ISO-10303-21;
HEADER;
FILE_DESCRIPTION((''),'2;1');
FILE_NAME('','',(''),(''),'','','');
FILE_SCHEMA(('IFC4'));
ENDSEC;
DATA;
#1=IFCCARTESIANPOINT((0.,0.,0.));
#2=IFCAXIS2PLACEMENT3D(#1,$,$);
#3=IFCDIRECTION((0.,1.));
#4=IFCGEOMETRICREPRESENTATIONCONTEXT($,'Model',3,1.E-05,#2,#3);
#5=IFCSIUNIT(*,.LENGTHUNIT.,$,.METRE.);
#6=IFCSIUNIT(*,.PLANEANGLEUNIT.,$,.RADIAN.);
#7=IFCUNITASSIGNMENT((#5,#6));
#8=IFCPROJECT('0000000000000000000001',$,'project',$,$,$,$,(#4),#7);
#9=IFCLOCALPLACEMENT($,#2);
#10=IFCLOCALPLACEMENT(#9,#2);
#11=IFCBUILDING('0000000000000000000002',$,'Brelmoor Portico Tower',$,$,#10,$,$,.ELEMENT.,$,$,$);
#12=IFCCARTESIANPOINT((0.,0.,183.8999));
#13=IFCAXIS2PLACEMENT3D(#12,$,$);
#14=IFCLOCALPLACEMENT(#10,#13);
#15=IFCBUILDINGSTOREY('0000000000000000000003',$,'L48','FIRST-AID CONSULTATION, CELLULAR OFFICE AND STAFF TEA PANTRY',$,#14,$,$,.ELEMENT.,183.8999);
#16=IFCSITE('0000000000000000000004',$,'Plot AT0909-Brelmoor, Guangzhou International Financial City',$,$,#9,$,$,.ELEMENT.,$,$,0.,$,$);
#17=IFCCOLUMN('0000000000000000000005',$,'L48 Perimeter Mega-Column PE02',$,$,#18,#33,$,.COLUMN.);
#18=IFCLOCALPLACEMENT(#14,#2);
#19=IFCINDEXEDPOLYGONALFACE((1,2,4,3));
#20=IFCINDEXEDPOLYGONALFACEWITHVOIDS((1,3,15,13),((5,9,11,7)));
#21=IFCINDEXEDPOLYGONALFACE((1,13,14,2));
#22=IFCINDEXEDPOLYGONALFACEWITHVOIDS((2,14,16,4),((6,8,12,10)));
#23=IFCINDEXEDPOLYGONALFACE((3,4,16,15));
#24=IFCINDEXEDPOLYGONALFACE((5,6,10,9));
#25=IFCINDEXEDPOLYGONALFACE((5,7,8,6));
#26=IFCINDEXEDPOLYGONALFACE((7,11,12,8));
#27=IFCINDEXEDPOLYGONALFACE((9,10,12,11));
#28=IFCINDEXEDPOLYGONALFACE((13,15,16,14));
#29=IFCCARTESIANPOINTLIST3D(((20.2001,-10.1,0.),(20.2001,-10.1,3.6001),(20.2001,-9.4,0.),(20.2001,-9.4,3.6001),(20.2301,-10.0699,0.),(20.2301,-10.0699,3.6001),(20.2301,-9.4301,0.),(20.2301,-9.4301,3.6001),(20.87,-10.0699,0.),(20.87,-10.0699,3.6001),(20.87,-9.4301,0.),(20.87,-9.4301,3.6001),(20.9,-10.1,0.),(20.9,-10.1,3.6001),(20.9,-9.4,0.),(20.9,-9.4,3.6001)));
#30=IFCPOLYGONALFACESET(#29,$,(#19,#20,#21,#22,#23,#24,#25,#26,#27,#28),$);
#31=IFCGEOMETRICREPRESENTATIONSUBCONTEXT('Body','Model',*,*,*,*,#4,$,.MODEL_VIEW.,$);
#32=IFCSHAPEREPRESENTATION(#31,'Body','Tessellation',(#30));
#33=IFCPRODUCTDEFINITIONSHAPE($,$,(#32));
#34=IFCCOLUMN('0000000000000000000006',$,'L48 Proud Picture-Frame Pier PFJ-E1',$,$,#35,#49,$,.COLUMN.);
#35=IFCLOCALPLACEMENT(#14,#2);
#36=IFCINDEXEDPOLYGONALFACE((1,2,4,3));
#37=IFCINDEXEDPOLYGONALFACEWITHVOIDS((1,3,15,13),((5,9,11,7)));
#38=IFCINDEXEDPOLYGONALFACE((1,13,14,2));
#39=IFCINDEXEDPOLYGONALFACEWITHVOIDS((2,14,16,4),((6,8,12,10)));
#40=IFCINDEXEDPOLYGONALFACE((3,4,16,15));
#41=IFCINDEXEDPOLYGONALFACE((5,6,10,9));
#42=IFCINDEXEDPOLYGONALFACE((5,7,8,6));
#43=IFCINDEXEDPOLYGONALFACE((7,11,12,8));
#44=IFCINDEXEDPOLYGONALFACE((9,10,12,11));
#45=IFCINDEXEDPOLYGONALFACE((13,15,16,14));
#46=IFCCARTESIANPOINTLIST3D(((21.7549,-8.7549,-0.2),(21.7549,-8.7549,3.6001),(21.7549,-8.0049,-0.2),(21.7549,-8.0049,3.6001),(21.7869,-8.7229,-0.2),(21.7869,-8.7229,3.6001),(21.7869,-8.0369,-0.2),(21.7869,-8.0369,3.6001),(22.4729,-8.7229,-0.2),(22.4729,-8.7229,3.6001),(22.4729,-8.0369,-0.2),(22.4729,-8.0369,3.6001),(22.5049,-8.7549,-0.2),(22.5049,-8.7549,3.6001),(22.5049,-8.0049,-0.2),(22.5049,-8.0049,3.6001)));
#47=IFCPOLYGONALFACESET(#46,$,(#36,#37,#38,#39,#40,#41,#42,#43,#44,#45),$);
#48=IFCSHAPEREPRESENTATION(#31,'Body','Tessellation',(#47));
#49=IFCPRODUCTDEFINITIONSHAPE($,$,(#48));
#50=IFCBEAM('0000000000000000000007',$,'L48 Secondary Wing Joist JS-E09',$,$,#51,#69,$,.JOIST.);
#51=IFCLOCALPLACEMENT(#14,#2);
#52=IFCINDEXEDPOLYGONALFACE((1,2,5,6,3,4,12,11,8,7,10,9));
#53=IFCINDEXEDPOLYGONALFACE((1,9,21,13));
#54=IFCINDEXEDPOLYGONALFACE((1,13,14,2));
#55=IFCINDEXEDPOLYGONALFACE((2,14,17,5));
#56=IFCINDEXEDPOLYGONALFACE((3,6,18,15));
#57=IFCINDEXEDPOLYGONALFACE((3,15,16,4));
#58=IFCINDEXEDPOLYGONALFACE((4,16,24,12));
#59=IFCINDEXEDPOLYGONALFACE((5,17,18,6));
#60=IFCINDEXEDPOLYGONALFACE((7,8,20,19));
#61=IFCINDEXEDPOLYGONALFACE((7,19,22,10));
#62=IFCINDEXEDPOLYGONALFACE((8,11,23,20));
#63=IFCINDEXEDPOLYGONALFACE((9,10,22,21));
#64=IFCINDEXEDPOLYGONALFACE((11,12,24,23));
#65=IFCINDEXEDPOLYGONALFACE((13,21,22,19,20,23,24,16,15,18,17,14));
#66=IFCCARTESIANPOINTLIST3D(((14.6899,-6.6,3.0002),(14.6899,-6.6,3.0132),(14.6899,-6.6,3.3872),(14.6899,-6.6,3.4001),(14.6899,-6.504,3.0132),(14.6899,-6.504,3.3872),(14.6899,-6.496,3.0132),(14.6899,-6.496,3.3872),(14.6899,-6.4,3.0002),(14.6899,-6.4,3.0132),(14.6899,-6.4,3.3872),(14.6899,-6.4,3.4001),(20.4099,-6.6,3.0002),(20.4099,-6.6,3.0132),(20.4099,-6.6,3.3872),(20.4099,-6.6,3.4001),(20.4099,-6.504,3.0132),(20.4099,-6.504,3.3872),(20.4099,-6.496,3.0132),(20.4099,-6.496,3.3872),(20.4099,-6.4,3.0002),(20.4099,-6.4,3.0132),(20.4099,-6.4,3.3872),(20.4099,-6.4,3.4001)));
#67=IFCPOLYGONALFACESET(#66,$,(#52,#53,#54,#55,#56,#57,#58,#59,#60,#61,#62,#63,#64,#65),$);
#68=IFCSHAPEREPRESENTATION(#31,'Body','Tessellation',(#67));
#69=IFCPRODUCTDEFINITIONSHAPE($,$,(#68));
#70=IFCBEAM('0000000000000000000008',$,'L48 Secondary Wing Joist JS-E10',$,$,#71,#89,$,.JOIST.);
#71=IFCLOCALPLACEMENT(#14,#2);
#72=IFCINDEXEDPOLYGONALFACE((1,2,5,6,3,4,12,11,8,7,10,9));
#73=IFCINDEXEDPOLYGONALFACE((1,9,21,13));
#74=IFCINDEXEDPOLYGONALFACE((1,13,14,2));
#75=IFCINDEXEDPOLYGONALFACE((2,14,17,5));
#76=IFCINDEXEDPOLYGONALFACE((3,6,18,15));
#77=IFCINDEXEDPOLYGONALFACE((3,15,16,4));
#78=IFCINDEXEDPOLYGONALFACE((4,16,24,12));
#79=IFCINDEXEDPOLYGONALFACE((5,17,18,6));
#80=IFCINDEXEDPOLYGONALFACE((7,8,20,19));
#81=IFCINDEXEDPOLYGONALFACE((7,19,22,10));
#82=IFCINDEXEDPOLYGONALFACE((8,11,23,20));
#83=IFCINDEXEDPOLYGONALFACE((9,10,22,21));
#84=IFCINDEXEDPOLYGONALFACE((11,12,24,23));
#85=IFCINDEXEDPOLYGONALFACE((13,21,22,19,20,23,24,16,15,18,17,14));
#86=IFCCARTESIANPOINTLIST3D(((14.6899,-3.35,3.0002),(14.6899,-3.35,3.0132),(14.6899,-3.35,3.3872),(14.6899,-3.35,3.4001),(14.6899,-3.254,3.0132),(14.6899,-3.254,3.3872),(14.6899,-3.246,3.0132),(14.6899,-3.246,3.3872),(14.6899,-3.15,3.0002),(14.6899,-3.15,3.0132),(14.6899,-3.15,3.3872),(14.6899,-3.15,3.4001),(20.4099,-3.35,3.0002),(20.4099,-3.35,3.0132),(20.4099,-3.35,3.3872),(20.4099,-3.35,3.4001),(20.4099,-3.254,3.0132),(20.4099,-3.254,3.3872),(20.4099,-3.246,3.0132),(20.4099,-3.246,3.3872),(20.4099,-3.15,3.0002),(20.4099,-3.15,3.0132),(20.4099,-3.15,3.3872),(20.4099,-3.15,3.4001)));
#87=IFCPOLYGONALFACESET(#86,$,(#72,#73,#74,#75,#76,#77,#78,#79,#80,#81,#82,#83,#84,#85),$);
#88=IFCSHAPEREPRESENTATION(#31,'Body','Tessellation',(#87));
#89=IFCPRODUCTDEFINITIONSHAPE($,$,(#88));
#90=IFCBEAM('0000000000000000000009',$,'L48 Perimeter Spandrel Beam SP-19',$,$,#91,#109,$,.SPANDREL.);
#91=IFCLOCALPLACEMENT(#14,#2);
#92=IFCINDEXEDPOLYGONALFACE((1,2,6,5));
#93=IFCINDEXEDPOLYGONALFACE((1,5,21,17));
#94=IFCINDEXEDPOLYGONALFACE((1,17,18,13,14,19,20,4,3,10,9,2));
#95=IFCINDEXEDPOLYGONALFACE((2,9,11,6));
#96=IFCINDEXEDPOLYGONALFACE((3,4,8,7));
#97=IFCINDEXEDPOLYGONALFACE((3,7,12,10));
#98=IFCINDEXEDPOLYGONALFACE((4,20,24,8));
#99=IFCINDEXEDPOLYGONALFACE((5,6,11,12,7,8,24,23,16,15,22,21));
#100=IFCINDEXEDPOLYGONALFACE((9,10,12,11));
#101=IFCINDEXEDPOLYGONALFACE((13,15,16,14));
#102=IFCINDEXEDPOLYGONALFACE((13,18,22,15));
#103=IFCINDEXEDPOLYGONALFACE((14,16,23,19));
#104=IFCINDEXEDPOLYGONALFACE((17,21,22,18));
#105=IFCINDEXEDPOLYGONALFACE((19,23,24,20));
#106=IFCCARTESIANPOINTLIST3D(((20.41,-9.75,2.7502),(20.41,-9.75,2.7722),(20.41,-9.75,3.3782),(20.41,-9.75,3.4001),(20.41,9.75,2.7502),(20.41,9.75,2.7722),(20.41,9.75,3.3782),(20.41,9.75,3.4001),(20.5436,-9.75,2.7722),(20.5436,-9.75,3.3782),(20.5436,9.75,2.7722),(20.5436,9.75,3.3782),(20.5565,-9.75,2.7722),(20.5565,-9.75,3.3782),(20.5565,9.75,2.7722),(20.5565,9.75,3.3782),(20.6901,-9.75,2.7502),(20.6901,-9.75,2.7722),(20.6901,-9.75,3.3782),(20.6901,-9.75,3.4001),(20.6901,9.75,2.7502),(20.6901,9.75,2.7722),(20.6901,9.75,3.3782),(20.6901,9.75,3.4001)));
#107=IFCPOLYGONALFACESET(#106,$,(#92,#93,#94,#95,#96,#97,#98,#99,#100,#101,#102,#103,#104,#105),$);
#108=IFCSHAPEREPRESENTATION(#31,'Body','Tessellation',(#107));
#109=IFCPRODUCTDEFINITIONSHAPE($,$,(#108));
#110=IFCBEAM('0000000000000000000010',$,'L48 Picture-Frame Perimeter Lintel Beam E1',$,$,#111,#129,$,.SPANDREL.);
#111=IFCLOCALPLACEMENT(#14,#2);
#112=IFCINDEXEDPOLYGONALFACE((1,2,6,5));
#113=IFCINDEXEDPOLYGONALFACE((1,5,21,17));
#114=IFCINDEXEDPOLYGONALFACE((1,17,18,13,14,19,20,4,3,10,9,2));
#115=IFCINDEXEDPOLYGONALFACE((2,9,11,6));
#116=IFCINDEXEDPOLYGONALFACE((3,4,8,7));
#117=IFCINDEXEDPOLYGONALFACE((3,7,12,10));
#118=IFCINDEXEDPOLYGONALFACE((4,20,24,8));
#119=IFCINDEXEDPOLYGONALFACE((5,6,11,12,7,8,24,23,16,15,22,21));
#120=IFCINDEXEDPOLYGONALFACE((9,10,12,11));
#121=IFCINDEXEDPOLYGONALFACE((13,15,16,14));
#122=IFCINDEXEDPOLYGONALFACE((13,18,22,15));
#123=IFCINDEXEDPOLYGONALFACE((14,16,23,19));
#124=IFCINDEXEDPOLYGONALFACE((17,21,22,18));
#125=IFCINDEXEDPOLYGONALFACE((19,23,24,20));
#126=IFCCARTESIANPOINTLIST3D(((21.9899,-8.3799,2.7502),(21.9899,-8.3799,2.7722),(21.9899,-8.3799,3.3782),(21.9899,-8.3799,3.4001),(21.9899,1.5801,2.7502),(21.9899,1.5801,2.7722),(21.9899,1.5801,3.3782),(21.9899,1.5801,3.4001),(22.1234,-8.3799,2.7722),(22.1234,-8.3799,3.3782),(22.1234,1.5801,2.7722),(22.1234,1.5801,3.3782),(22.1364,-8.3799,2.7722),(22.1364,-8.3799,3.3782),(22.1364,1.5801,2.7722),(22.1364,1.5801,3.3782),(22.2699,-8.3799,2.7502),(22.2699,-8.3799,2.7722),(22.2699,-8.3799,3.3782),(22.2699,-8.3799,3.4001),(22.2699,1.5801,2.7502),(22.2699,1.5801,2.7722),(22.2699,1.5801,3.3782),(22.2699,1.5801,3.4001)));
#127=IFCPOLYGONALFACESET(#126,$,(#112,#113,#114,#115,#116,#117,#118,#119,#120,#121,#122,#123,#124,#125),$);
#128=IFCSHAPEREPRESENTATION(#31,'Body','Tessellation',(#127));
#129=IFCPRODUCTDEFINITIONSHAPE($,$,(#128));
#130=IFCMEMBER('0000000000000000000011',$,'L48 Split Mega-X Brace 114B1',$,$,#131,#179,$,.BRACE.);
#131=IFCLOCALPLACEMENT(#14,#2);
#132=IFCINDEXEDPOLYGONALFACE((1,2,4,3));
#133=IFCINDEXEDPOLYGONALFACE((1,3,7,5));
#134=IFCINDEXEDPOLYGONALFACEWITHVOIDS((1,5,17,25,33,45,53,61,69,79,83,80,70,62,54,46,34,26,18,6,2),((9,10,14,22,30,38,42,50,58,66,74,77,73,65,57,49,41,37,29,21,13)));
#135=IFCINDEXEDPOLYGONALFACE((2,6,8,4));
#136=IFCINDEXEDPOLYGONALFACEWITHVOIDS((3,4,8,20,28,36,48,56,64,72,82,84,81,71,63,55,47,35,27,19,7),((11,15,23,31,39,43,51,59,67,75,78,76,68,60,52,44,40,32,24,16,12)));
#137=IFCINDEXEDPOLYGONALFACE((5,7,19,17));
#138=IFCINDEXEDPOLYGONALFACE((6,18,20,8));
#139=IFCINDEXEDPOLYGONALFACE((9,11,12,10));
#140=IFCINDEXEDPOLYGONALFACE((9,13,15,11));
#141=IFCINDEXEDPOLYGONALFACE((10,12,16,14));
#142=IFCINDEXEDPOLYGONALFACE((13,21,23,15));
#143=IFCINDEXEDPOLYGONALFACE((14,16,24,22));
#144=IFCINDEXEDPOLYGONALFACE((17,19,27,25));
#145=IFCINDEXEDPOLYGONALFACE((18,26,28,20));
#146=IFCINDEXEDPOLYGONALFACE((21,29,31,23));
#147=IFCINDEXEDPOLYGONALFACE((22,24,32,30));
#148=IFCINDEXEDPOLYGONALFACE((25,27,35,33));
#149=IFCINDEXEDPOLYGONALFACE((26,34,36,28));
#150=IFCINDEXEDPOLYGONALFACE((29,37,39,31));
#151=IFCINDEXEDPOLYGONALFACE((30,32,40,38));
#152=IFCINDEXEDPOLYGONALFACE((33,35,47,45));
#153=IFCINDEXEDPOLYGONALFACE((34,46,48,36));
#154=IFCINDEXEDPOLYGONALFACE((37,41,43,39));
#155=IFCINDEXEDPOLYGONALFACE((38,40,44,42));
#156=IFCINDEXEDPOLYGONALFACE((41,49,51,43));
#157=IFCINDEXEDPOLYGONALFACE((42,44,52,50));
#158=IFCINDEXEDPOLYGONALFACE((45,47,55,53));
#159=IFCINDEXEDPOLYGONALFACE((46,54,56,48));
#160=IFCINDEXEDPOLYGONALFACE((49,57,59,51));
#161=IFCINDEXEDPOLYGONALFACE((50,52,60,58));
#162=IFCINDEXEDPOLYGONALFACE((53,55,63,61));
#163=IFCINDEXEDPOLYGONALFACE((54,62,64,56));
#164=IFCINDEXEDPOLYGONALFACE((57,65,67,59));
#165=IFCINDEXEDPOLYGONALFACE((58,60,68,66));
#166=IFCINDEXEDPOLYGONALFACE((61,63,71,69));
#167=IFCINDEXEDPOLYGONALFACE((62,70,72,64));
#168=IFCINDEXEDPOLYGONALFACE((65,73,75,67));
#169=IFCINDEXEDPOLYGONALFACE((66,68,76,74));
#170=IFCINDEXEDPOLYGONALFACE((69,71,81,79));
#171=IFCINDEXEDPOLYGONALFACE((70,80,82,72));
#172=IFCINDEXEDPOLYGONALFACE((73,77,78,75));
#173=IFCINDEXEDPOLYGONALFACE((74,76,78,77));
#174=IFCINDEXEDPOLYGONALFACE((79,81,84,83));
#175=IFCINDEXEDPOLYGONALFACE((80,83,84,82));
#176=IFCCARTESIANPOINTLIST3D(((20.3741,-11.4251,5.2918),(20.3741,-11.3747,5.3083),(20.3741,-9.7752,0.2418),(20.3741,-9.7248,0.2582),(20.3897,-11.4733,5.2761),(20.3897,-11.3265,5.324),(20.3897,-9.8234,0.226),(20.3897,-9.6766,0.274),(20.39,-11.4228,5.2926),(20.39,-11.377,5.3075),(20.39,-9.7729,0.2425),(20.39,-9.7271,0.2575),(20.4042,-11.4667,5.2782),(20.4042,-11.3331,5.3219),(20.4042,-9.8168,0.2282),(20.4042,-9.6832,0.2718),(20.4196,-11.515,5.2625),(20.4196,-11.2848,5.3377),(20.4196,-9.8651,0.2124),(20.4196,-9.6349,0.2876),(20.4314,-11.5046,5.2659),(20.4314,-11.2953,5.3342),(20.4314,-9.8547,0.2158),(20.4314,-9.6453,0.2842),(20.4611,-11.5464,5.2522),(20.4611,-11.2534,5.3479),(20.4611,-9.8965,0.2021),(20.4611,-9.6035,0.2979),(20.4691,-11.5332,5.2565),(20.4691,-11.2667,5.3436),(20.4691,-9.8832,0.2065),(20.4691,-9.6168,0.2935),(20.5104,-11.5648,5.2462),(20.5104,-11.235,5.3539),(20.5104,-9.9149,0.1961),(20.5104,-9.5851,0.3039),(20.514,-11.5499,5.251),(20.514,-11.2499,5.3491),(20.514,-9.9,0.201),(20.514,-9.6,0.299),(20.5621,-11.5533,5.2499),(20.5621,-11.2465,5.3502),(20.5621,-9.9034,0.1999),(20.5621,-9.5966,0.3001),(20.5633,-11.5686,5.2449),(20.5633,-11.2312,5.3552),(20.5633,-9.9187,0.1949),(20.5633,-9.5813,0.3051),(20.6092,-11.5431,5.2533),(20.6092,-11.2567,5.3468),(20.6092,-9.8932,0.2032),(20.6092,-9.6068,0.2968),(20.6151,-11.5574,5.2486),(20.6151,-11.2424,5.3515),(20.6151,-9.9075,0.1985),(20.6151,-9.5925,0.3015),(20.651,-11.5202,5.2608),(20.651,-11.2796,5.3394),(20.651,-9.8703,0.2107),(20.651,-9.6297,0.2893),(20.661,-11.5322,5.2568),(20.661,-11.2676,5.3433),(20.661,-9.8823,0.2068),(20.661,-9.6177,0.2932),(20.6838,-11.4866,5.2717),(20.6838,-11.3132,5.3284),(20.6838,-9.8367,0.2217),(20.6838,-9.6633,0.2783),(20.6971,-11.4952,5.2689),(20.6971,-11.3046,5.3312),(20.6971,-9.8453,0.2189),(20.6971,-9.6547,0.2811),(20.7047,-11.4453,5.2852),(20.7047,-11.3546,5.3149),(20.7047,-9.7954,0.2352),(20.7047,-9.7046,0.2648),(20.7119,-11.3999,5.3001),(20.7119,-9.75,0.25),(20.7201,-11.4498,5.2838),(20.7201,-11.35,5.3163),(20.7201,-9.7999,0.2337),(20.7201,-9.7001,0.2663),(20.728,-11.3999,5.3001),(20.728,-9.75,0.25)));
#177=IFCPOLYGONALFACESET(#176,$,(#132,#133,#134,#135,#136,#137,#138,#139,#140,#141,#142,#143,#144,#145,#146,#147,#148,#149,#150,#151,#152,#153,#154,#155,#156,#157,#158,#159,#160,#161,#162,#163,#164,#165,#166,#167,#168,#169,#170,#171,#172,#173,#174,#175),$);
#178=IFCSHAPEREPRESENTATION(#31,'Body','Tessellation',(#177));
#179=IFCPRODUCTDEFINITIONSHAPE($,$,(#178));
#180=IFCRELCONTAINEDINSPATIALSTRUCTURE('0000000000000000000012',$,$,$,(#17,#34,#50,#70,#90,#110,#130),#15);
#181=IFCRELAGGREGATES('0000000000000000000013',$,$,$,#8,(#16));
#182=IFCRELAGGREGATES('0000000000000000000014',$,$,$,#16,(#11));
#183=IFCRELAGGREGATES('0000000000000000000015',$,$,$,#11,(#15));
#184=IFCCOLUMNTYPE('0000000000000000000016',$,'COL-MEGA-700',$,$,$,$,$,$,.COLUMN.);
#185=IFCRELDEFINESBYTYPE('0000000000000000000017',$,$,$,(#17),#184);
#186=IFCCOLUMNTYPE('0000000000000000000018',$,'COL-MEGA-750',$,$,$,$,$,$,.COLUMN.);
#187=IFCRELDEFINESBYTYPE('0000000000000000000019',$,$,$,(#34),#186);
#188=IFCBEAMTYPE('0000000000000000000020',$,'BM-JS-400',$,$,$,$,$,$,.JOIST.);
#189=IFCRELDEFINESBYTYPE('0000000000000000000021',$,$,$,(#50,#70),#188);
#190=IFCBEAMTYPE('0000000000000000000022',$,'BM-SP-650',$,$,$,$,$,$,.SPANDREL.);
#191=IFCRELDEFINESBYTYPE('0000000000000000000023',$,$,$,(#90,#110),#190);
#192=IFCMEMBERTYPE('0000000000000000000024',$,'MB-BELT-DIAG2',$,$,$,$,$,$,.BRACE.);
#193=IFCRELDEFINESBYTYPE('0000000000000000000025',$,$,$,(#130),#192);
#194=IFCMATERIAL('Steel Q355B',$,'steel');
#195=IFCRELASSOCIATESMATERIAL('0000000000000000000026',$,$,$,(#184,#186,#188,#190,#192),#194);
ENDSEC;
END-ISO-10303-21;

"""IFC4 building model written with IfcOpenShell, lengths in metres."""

from ifc_helpers import new_model, si_unit, direction, frame, origin, origin_2d, place, context, subcontext, project, spatial, hollow_rectangle, hollow_circle, i_section, extrude, material, material_profile, profile_set, type_object, element, save


model = new_model("IFC4")

# Units and contexts
model_context = context("Model", 3, precision=1e-05, world=origin(), true_north=direction((0.0, 1.0)))
body_context = subcontext(model_context, "Body", "Model", "MODEL_VIEW")
ifc_project = project(units=[si_unit("LENGTHUNIT", "METRE"), si_unit("PLANEANGLEUNIT", "RADIAN")], contexts=[model_context])

# Site, building, storey
site_placement = place(None, origin())
site = spatial("IfcSite", under=ifc_project, at=site_placement, Name="Plot AT0909-Brelmoor, Guangzhou International Financial City", CompositionType="ELEMENT", RefElevation=0.0)
building_placement = place(site_placement, origin())
building = spatial("IfcBuilding", under=site, at=building_placement, Name="Brelmoor Portico Tower", CompositionType="ELEMENT")
storey_placement = place(building_placement, frame((0.0, 0.0, 183.8999)))
storey = spatial("IfcBuildingStorey", under=building, at=storey_placement, Name="L48", Description="FIRST-AID CONSULTATION, CELLULAR OFFICE AND STAFF TEA PANTRY", CompositionType="ELEMENT", Elevation=183.8999)

# Columns
ifc_material_1 = material(Name="Steel Q355B", Category="steel")
ifc_material_profile_1 = material_profile(ifc_material_1, hollow_rectangle(XDim=0.7, YDim=0.7, WallThickness=0.03, at=origin_2d()), Name="BOX 700x700x30")
ifc_profile_set_1 = profile_set([ifc_material_profile_1], Name="Steel Q355B")
column_type_1 = type_object("IfcColumnType", Name="COL-MEGA-700", PredefinedType="COLUMN", material=ifc_profile_set_1)
column_1_placement = place(storey_placement, frame((20.55, -9.75, 0.0), z_axis=(0.0, 0.0, 1.0), x_axis=(0.0, 1.0, 0.0)))
element("IfcColumn", 1, at=column_1_placement, inside=storey, type_object=column_type_1, Name="L48 Perimeter Mega-Column PE02", PredefinedType="COLUMN", context=body_context, shape_type="SweptSolid", body=[
    extrude(hollow_rectangle(XDim=0.7, YDim=0.7, WallThickness=0.03, at=origin_2d()), origin(), (0.0, 0.0, 1.0), 3.6001),
])
ifc_material_profile_2 = material_profile(ifc_material_1, hollow_rectangle(XDim=0.75, YDim=0.75, WallThickness=0.032, at=origin_2d()), Name="BOX 750x750x32")
ifc_profile_set_2 = profile_set([ifc_material_profile_2], Name="Steel Q355B")
column_type_2 = type_object("IfcColumnType", Name="COL-MEGA-750", PredefinedType="COLUMN", material=ifc_profile_set_2)
column_2_placement = place(storey_placement, frame((22.1299, -8.3799, -0.2), z_axis=(0.0, 0.0, 1.0), x_axis=(0.0, 1.0, 0.0)))
element("IfcColumn", 2, at=column_2_placement, inside=storey, type_object=column_type_2, Name="L48 Proud Picture-Frame Pier PFJ-E1", PredefinedType="COLUMN", context=body_context, shape_type="SweptSolid", body=[
    extrude(hollow_rectangle(XDim=0.75, YDim=0.75, WallThickness=0.032, at=origin_2d()), origin(), (0.0, 0.0, 1.0), 3.8),
])

# Beams
ifc_material_profile_3 = material_profile(ifc_material_1, i_section(OverallWidth=0.2, OverallDepth=0.3999, WebThickness=0.0081, FlangeThickness=0.0129, at=origin_2d()), Name="HN 400x200x8x13")
ifc_profile_set_3 = profile_set([ifc_material_profile_3], Name="Steel Q355B")
beam_type_1 = type_object("IfcBeamType", Name="BM-JS-400", PredefinedType="JOIST", material=ifc_profile_set_3)
for number, where, z_axis, x_axis, name in (
    (3, (14.6899, -6.5, 3.2002), (1.0, 0.0, 0.0), (0.0, 1.0, 0.0), "L48 Secondary Wing Joist JS-E09"),
    (4, (14.6899, -3.25, 3.2002), (1.0, 0.0, 0.0), (0.0, 1.0, 0.0), "L48 Secondary Wing Joist JS-E10"),
):
    element("IfcBeam", number, at=place(storey_placement, frame(where, z_axis=z_axis, x_axis=x_axis)), inside=storey, type_object=beam_type_1, Name=name, PredefinedType="JOIST", context=body_context, shape_type="SweptSolid", body=[
        extrude(i_section(OverallWidth=0.2, OverallDepth=0.3999, WebThickness=0.0081, FlangeThickness=0.0129, at=origin_2d()), origin(), (0.0, 0.0, 1.0), 5.72),
    ])
ifc_material_profile_4 = material_profile(ifc_material_1, i_section(OverallWidth=0.28, OverallDepth=0.6499, WebThickness=0.0129, FlangeThickness=0.022, at=origin_2d()), Name="HN 650x280x13x22")
ifc_profile_set_4 = profile_set([ifc_material_profile_4], Name="Steel Q355B")
beam_type_2 = type_object("IfcBeamType", Name="BM-SP-650", PredefinedType="SPANDREL", material=ifc_profile_set_4)
beam_1_placement = place(storey_placement, frame((20.55, -9.75, 3.0752), z_axis=(0.0, 1.0, 0.0), x_axis=(-1.0, 0.0, 0.0)))
element("IfcBeam", 5, at=beam_1_placement, inside=storey, type_object=beam_type_2, Name="L48 Perimeter Spandrel Beam SP-19", PredefinedType="SPANDREL", context=body_context, shape_type="SweptSolid", body=[
    extrude(i_section(OverallWidth=0.28, OverallDepth=0.6499, WebThickness=0.0129, FlangeThickness=0.022, at=origin_2d()), origin(), (0.0, 0.0, 1.0), 19.5),
])
beam_2_placement = place(storey_placement, frame((22.1299, -8.3799, 3.0752), z_axis=(0.0, 1.0, 0.0), x_axis=(-1.0, 0.0, 0.0)))
element("IfcBeam", 6, at=beam_2_placement, inside=storey, type_object=beam_type_2, Name="L48 Picture-Frame Perimeter Lintel Beam E1", PredefinedType="SPANDREL", context=body_context, shape_type="SweptSolid", body=[
    extrude(i_section(OverallWidth=0.28, OverallDepth=0.6499, WebThickness=0.0129, FlangeThickness=0.022, at=origin_2d()), origin(), (0.0, 0.0, 1.0), 9.96),
])

# Member
ifc_material_profile_5 = material_profile(ifc_material_1, hollow_circle(Radius=0.178, WallThickness=0.0161, at=origin_2d()), Name="CHS 356x16")
ifc_profile_set_5 = profile_set([ifc_material_profile_5], Name="Steel Q355B")
member_type_1 = type_object("IfcMemberType", Name="MB-BELT-DIAG2", PredefinedType="BRACE", material=ifc_profile_set_5)
member_1_placement = place(storey_placement, frame((20.55, -9.75, 0.25), z_axis=(0.0, -0.310556, 0.950555), x_axis=(1.0, 0.0, 0.0)))
element("IfcMember", 7, at=member_1_placement, inside=storey, type_object=member_type_1, Name="L48 Split Mega-X Brace 114B1", PredefinedType="BRACE", context=body_context, shape_type="SweptSolid", body=[
    extrude(hollow_circle(Radius=0.178, WallThickness=0.0161, at=origin_2d()), origin(), (0.0, 0.0, 1.0), 5.3127),
])

save(model, "model.ifc")
